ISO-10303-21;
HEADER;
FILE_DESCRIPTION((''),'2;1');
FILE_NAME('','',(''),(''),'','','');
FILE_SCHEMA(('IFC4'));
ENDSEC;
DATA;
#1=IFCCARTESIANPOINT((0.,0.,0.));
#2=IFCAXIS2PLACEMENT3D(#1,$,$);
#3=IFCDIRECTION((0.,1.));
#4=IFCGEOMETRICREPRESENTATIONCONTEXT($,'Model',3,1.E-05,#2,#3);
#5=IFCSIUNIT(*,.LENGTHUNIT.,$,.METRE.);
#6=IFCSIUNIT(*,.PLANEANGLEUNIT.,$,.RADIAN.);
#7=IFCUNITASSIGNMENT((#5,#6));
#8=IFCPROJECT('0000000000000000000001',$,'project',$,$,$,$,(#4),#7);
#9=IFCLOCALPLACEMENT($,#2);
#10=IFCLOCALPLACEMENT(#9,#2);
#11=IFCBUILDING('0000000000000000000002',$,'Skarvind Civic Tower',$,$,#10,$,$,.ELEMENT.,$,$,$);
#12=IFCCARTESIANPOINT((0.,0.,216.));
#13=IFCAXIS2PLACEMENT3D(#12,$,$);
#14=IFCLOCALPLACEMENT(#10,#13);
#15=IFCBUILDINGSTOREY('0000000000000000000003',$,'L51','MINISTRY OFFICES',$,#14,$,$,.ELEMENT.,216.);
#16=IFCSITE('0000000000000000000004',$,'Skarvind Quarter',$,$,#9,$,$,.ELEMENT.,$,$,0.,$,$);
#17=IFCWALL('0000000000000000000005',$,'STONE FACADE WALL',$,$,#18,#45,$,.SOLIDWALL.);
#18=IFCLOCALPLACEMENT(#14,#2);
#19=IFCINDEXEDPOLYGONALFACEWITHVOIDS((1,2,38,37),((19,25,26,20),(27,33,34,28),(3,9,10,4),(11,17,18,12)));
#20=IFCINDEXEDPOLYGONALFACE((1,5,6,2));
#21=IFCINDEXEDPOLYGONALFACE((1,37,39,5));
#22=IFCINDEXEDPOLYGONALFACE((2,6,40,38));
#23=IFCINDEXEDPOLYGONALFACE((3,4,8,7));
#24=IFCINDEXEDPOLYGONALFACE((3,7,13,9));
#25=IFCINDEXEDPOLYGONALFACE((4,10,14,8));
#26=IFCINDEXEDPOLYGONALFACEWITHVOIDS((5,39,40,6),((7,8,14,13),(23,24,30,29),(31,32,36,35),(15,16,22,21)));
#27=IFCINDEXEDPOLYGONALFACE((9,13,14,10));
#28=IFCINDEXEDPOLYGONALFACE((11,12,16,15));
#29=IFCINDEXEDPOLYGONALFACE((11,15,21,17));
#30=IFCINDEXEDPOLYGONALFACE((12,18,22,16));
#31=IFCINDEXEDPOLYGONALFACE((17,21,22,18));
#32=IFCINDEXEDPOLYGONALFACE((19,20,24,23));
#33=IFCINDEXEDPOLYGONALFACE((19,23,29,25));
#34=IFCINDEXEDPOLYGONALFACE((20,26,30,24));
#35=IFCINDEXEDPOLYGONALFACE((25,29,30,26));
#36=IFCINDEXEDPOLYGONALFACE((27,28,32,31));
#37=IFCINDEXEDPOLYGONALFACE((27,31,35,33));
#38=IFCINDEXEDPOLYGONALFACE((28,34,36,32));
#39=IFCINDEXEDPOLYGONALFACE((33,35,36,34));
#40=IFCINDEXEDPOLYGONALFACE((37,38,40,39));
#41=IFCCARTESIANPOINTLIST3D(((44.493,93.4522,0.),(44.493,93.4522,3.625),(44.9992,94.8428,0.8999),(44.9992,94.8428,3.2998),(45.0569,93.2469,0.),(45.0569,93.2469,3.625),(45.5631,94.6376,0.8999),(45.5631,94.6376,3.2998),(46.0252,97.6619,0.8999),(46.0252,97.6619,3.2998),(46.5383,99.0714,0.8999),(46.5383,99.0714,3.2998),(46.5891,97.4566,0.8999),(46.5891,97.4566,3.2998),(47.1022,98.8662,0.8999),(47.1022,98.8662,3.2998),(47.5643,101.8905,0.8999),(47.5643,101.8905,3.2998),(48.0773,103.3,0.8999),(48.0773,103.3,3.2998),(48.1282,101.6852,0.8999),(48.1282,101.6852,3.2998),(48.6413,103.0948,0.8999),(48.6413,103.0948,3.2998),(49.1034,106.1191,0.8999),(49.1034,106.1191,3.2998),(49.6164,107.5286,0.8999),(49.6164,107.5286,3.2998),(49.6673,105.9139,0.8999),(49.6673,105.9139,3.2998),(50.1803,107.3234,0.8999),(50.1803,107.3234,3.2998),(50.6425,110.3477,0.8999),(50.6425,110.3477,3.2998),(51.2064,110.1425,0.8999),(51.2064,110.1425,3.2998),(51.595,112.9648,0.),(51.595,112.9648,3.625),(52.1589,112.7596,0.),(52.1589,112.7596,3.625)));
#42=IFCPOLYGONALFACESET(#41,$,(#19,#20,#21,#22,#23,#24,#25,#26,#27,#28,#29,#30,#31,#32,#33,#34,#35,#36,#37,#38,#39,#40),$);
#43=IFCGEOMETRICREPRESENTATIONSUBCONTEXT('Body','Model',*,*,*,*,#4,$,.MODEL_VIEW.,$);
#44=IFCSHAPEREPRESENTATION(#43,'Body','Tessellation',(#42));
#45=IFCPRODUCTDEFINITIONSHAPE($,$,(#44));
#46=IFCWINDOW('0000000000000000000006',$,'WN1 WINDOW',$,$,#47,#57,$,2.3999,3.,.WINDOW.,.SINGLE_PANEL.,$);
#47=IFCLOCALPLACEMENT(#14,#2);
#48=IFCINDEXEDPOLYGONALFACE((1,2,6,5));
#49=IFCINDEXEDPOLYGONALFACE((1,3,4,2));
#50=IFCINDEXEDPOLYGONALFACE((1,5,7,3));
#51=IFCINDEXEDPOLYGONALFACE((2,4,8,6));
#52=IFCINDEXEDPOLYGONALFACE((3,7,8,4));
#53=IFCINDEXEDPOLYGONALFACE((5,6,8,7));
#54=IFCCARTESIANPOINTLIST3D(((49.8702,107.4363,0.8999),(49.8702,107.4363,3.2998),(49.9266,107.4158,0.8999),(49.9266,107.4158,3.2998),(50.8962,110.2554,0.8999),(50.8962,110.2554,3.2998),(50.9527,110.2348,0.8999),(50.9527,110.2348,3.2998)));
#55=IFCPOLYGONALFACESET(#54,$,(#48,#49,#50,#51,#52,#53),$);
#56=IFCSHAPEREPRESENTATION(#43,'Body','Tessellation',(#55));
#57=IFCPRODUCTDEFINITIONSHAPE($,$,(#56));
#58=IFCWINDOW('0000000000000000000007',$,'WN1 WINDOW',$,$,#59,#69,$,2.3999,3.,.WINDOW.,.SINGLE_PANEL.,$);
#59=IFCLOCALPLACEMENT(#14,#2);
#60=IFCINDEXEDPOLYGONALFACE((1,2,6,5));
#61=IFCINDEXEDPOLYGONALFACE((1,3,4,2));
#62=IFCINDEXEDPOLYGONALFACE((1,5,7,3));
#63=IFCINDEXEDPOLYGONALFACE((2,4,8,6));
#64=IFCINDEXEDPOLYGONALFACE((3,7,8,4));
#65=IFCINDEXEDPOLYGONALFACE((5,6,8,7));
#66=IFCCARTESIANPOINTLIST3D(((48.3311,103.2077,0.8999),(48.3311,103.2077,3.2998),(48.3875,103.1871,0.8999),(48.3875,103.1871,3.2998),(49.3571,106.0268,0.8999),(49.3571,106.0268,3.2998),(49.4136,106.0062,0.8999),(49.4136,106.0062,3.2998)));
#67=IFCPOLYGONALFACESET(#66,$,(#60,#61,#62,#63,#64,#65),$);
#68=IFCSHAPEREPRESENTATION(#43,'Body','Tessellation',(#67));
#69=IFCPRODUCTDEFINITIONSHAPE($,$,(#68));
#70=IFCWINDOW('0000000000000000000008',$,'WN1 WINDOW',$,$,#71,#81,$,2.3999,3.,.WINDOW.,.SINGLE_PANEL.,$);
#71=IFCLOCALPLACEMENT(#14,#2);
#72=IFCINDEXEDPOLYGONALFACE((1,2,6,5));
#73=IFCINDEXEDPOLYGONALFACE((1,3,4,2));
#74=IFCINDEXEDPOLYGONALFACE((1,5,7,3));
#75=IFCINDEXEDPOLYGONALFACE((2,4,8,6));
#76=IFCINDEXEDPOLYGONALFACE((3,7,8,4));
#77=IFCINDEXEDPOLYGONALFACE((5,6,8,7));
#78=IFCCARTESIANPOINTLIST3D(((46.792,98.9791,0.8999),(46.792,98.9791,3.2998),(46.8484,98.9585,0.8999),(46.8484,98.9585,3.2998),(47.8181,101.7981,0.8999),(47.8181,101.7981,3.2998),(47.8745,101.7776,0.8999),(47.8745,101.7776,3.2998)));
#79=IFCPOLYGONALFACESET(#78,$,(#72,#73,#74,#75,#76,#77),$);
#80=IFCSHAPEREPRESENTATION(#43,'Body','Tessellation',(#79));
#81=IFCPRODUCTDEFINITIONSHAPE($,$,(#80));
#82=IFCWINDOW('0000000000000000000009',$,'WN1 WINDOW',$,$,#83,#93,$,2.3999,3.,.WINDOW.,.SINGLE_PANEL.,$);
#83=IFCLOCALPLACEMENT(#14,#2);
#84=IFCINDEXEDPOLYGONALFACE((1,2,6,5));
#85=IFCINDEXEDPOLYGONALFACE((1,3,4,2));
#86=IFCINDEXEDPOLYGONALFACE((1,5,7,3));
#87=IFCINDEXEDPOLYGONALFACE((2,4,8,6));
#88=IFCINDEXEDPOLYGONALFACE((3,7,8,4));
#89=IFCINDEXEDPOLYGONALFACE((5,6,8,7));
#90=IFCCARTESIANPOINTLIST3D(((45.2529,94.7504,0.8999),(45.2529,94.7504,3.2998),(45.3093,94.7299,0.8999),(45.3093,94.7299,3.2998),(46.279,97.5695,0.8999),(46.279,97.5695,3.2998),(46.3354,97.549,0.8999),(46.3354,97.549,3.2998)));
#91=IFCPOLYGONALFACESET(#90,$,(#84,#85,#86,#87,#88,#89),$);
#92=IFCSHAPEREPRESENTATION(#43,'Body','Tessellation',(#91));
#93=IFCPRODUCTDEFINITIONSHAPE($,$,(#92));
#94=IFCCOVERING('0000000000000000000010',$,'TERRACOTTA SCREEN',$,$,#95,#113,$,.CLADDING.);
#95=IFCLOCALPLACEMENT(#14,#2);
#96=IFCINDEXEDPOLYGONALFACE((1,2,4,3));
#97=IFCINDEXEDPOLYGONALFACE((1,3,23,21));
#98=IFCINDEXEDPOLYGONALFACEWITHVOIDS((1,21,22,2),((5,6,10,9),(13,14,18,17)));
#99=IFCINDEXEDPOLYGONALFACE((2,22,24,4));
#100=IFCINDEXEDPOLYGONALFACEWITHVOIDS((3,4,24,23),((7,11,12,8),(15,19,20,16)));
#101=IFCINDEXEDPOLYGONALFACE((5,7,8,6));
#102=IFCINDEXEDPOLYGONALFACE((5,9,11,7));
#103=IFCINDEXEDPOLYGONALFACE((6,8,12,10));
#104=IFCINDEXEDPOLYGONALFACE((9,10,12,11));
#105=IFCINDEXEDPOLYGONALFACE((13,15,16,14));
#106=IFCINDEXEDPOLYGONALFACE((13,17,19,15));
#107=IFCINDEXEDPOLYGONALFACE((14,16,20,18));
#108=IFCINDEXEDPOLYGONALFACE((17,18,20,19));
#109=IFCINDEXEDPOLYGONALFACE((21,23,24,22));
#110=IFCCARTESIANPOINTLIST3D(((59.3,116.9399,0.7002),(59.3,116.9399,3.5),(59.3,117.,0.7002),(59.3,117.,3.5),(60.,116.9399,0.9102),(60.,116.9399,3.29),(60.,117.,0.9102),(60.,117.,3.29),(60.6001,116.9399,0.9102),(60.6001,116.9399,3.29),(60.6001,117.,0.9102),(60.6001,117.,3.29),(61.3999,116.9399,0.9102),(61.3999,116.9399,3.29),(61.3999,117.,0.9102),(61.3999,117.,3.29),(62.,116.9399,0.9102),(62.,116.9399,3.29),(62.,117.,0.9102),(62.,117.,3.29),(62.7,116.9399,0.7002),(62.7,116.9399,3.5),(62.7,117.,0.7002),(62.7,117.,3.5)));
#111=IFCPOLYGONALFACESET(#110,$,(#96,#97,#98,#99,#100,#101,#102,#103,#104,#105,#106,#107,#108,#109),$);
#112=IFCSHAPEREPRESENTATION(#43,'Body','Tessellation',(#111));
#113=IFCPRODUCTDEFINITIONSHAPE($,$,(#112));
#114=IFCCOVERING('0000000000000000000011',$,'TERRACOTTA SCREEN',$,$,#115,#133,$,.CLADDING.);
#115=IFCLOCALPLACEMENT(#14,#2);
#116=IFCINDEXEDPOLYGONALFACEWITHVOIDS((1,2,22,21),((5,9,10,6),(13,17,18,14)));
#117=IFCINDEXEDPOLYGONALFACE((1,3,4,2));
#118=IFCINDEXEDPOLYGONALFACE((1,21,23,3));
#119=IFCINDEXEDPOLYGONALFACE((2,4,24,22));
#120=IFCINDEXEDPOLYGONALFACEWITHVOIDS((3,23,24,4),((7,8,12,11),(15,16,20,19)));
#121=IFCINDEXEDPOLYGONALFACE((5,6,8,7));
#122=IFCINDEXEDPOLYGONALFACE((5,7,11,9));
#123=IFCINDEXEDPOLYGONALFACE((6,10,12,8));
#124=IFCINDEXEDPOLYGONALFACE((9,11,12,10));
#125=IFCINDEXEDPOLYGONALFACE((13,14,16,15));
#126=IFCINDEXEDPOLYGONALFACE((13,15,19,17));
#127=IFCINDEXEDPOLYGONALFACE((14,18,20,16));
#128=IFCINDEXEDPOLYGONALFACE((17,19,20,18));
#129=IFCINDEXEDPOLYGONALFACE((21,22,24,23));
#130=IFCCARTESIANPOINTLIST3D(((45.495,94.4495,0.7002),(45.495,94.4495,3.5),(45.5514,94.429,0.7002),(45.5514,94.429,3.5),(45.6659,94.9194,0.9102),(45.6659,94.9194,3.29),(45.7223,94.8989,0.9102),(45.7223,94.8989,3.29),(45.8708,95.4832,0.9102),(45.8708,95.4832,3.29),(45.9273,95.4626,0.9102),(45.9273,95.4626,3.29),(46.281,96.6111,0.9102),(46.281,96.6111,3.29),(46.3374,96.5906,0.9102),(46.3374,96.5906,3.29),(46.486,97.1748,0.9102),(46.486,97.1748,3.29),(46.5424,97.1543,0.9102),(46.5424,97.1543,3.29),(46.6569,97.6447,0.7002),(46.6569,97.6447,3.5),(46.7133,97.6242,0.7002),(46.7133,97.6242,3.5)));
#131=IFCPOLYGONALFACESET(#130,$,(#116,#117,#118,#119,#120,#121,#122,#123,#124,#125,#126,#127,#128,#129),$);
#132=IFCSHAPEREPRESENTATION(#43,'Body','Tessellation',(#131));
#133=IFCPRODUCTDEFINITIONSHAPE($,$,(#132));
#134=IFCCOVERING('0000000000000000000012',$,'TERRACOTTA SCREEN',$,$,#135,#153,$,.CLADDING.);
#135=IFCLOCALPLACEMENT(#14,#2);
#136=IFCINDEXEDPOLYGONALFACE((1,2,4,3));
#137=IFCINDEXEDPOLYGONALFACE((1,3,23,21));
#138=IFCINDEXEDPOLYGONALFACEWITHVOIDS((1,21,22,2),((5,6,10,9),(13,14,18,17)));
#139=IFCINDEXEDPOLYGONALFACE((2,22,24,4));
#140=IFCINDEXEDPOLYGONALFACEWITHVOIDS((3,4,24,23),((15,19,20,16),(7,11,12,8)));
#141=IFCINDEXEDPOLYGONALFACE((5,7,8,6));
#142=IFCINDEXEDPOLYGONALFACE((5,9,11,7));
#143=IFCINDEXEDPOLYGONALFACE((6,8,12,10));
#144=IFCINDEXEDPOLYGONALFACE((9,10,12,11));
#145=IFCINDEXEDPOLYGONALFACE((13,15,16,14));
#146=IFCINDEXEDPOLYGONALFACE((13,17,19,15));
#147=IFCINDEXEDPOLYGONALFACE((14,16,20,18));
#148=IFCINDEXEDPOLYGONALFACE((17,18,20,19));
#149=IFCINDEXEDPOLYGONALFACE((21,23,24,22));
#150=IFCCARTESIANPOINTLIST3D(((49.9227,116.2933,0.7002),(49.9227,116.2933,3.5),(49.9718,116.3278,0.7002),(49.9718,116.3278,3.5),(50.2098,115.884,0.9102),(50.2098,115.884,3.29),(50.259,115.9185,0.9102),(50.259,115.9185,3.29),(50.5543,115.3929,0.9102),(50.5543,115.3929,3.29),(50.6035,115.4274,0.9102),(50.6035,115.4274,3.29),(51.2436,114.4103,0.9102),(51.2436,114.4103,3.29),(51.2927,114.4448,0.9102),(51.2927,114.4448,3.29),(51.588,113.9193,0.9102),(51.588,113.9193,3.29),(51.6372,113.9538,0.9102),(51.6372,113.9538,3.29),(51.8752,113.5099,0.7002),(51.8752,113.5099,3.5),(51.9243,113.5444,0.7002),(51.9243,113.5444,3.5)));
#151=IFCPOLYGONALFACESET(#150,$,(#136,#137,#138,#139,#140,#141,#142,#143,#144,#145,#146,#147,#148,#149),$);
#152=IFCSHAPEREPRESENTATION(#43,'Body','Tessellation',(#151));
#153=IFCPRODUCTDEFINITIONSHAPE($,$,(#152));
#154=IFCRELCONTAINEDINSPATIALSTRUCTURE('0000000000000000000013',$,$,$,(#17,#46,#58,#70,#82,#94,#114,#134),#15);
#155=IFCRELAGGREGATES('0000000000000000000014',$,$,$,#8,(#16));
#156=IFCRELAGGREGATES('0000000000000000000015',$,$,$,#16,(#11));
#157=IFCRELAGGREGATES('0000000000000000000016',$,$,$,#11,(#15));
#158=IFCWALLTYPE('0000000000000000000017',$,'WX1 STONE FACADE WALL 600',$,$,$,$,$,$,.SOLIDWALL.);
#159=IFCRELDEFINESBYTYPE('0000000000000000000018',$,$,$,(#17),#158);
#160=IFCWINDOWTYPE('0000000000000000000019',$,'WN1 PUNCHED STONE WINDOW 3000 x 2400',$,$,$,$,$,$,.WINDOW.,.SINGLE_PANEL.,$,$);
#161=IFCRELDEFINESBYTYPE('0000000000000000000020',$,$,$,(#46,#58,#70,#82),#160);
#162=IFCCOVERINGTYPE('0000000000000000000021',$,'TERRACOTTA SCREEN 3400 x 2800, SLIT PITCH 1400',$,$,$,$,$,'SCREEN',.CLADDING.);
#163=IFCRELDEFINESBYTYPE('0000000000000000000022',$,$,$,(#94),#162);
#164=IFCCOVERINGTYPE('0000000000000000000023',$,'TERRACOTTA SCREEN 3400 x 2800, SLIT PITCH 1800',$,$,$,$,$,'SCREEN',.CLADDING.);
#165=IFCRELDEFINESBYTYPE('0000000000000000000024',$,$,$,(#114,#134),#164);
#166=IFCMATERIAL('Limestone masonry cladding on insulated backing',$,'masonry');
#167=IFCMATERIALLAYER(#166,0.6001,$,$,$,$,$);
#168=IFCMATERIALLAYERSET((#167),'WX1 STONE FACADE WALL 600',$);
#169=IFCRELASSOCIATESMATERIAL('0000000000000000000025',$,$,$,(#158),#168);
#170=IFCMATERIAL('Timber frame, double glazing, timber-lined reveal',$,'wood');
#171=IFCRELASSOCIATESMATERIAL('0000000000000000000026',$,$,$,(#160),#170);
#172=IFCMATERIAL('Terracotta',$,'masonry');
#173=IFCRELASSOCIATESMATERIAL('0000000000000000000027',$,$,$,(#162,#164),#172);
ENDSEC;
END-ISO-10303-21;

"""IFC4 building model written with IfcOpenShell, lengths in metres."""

from ifc_helpers import new_model, si_unit, direction, frame, frame_2d, origin, place, context, subcontext, project, spatial, polyline, rectangle, outline, extrude, material, layer, layer_set, material_profile, profile_set, type_object, element, fill, save


model = new_model("IFC4")

# Units and contexts
model_context = context("Model", 3, precision=1e-05, world=origin(), true_north=direction((0.0, 1.0)))
body_context = subcontext(model_context, "Body", "Model", "MODEL_VIEW")
ifc_project = project(units=[si_unit("LENGTHUNIT", "METRE"), si_unit("PLANEANGLEUNIT", "RADIAN")], contexts=[model_context])

# Site, building, storey
site_placement = place(None, origin())
site = spatial("IfcSite", under=ifc_project, at=site_placement, Name="Skarvind Quarter", CompositionType="ELEMENT", RefElevation=0.0)
building_placement = place(site_placement, origin())
building = spatial("IfcBuilding", under=site, at=building_placement, Name="Skarvind Civic Tower", CompositionType="ELEMENT")
storey_placement = place(building_placement, frame((0.0, 0.0, 216.0)))
storey = spatial("IfcBuildingStorey", under=building, at=storey_placement, Name="L51", Description="MINISTRY OFFICES", CompositionType="ELEMENT", Elevation=216.0)

# Wall, openings, windows
ifc_material_1 = material(Name="Limestone masonry cladding on insulated backing", Category="masonry")
ifc_layer_1 = layer(ifc_material_1, 0.6001)
ifc_layer_set_1 = layer_set([ifc_layer_1], Name="WX1 STONE FACADE WALL 600")
wall_type_1 = type_object("IfcWallType", Name="WX1 STONE FACADE WALL 600", PredefinedType="SOLIDWALL", material=ifc_layer_set_1)
ifc_material_2 = material(Name="Timber frame, double glazing, timber-lined reveal", Category="wood")
window_type = type_object("IfcWindowType", Name="WN1 PUNCHED STONE WINDOW 3000 x 2400", PartitioningType="SINGLE_PANEL", PredefinedType="WINDOW", material=ifc_material_2)
wall_1_placement = place(storey_placement, frame((51.877, 112.8621, 0.0), z_axis=(0.0, 0.0, 1.0), x_axis=(-0.342021, -0.939692, 0.0)))
wall_1 = element("IfcWall", 1, at=wall_1_placement, inside=storey, type_object=wall_type_1, Name="STONE FACADE WALL", PredefinedType="SOLIDWALL", context=body_context, shape_type="SweptSolid", body=[
    extrude(rectangle(XDim=20.7649, YDim=0.6001, at=frame_2d((10.3823, 0.0))), origin(), (0.0, 0.0, 1.0), 3.625),
])
opening_1_placement = place(wall_1_placement, frame((2.7849, 0.0, 0.8999)))
opening_1 = element("IfcOpeningElement", 2, at=opening_1_placement, cuts=wall_1, PredefinedType="OPENING", context=body_context, shape_type="SweptSolid", body=[
    extrude(rectangle(XDim=3.0, YDim=2.3999, at=frame_2d((1.5, 1.2))), frame((0.0, 0.3101, 0.0), z_axis=(0.0, -1.0, 0.0), x_axis=(1.0, 0.0, 0.0)), (0.0, 0.0, 1.0), 0.6201),
])
opening_2_placement = place(wall_1_placement, frame((7.2849, 0.0, 0.8999)))
opening_2 = element("IfcOpeningElement", 3, at=opening_2_placement, cuts=wall_1, PredefinedType="OPENING", context=body_context, shape_type="SweptSolid", body=[
    extrude(rectangle(XDim=3.0, YDim=2.3999, at=frame_2d((1.5, 1.2))), frame((0.0, 0.3101, 0.0), z_axis=(0.0, -1.0, 0.0), x_axis=(1.0, 0.0, 0.0)), (0.0, 0.0, 1.0), 0.6201),
])
opening_3_placement = place(wall_1_placement, frame((11.7849, 0.0, 0.8999)))
opening_3 = element("IfcOpeningElement", 4, at=opening_3_placement, cuts=wall_1, PredefinedType="OPENING", context=body_context, shape_type="SweptSolid", body=[
    extrude(rectangle(XDim=3.0, YDim=2.3999, at=frame_2d((1.5, 1.2))), frame((0.0, 0.3101, 0.0), z_axis=(0.0, -1.0, 0.0), x_axis=(1.0, 0.0, 0.0)), (0.0, 0.0, 1.0), 0.6201),
])
opening_4_placement = place(wall_1_placement, frame((16.2849, 0.0, 0.8999)))
opening_4 = element("IfcOpeningElement", 5, at=opening_4_placement, cuts=wall_1, PredefinedType="OPENING", context=body_context, shape_type="SweptSolid", body=[
    extrude(rectangle(XDim=3.0, YDim=2.3999, at=frame_2d((1.5, 1.2))), frame((0.0, 0.3101, 0.0), z_axis=(0.0, -1.0, 0.0), x_axis=(1.0, 0.0, 0.0)), (0.0, 0.0, 1.0), 0.6201),
])
window_1_placement = place(opening_1_placement, origin())
window_1 = element("IfcWindow", 6, at=window_1_placement, inside=storey, type_object=window_type, Name="WN1 WINDOW", OverallHeight=2.3999, OverallWidth=3.0, PartitioningType="SINGLE_PANEL", PredefinedType="WINDOW", context=body_context, shape_type="SweptSolid", body=[
    extrude(rectangle(XDim=3.0, YDim=2.3999, at=frame_2d((1.5, 1.2))), frame((0.0, 0.03, 0.0), z_axis=(0.0, -1.0, 0.0), x_axis=(1.0, 0.0, 0.0)), (0.0, 0.0, 1.0), 0.0601),
])
fill(opening_1, window_1)
window_2_placement = place(opening_2_placement, origin())
window_2 = element("IfcWindow", 7, at=window_2_placement, inside=storey, type_object=window_type, Name="WN1 WINDOW", OverallHeight=2.3999, OverallWidth=3.0, PartitioningType="SINGLE_PANEL", PredefinedType="WINDOW", context=body_context, shape_type="SweptSolid", body=[
    extrude(rectangle(XDim=3.0, YDim=2.3999, at=frame_2d((1.5, 1.2))), frame((0.0, 0.03, 0.0), z_axis=(0.0, -1.0, 0.0), x_axis=(1.0, 0.0, 0.0)), (0.0, 0.0, 1.0), 0.0601),
])
fill(opening_2, window_2)
window_3_placement = place(opening_3_placement, origin())
window_3 = element("IfcWindow", 8, at=window_3_placement, inside=storey, type_object=window_type, Name="WN1 WINDOW", OverallHeight=2.3999, OverallWidth=3.0, PartitioningType="SINGLE_PANEL", PredefinedType="WINDOW", context=body_context, shape_type="SweptSolid", body=[
    extrude(rectangle(XDim=3.0, YDim=2.3999, at=frame_2d((1.5, 1.2))), frame((0.0, 0.03, 0.0), z_axis=(0.0, -1.0, 0.0), x_axis=(1.0, 0.0, 0.0)), (0.0, 0.0, 1.0), 0.0601),
])
fill(opening_3, window_3)
window_4_placement = place(opening_4_placement, origin())
window_4 = element("IfcWindow", 9, at=window_4_placement, inside=storey, type_object=window_type, Name="WN1 WINDOW", OverallHeight=2.3999, OverallWidth=3.0, PartitioningType="SINGLE_PANEL", PredefinedType="WINDOW", context=body_context, shape_type="SweptSolid", body=[
    extrude(rectangle(XDim=3.0, YDim=2.3999, at=frame_2d((1.5, 1.2))), frame((0.0, 0.03, 0.0), z_axis=(0.0, -1.0, 0.0), x_axis=(1.0, 0.0, 0.0)), (0.0, 0.0, 1.0), 0.0601),
])
fill(opening_4, window_4)

# Coverings
ifc_material_3 = material(Name="Terracotta", Category="masonry")
ifc_material_profile_1 = material_profile(ifc_material_3, outline(polyline([(-1.7, -1.3999), (1.7, -1.3999), (1.7, 1.3999), (-1.7, 1.3999), (-1.7, -1.3999)]), holes=[polyline([(-1.0, -1.1899), (-0.3999, -1.1899), (-0.3999, 1.1899), (-1.0, 1.1899), (-1.0, -1.1899)]), polyline([(0.3999, -1.1899), (1.0, -1.1899), (1.0, 1.1899), (0.3999, 1.1899), (0.3999, -1.1899)])]), Name="TERRACOTTA SCREEN 3400 x 2800, SLIT PITCH 1400")
ifc_profile_set_1 = profile_set([ifc_material_profile_1], Name="Terracotta")
covering_type_1 = type_object("IfcCoveringType", Name="TERRACOTTA SCREEN 3400 x 2800, SLIT PITCH 1400", ElementType="SCREEN", PredefinedType="CLADDING", material=ifc_profile_set_1)
covering_placement = place(storey_placement, frame((61.0, 117.0, 2.1001), z_axis=(0.0, -1.0, 0.0), x_axis=(1.0, 0.0, 0.0)))
element("IfcCovering", 10, at=covering_placement, inside=storey, type_object=covering_type_1, Name="TERRACOTTA SCREEN", PredefinedType="CLADDING", context=body_context, shape_type="SweptSolid", body=[
    extrude(outline(polyline([(-1.7, -1.3999), (1.7, -1.3999), (1.7, 1.3999), (-1.7, 1.3999), (-1.7, -1.3999)]), holes=[polyline([(-1.0, -1.1899), (-0.3999, -1.1899), (-0.3999, 1.1899), (-1.0, 1.1899), (-1.0, -1.1899)]), polyline([(0.3999, -1.1899), (1.0, -1.1899), (1.0, 1.1899), (0.3999, 1.1899), (0.3999, -1.1899)])]), origin(), (0.0, 0.0, 1.0), 0.0601),
])
ifc_material_profile_2 = material_profile(ifc_material_3, outline(polyline([(-1.7, -1.3999), (1.7, -1.3999), (1.7, 1.3999), (-1.7, 1.3999), (-1.7, -1.3999)]), holes=[polyline([(-1.2, -1.1899), (-0.6001, -1.1899), (-0.6001, 1.1899), (-1.2, 1.1899), (-1.2, -1.1899)]), polyline([(0.6001, -1.1899), (1.2, -1.1899), (1.2, 1.1899), (0.6001, 1.1899), (0.6001, -1.1899)])]), Name="TERRACOTTA SCREEN 3400 x 2800, SLIT PITCH 1800")
ifc_profile_set_2 = profile_set([ifc_material_profile_2], Name="Terracotta")
covering_type_2 = type_object("IfcCoveringType", Name="TERRACOTTA SCREEN 3400 x 2800, SLIT PITCH 1800", ElementType="SCREEN", PredefinedType="CLADDING", material=ifc_profile_set_2)
for number, where, z_axis, x_axis, name in (
    (11, (46.0759, 96.0471, 2.1001), (0.939793, -0.341743, 0.0), (0.341743, 0.939793, 0.0), "TERRACOTTA SCREEN"),
    (12, (50.8989, 114.9016, 2.1001), (0.818657, 0.574282, 0.0), (-0.574282, 0.818657, 0.0), "TERRACOTTA SCREEN"),
):
    element("IfcCovering", number, at=place(storey_placement, frame(where, z_axis=z_axis, x_axis=x_axis)), inside=storey, type_object=covering_type_2, Name=name, PredefinedType="CLADDING", context=body_context, shape_type="SweptSolid", body=[
        extrude(outline(polyline([(-1.7, -1.3999), (1.7, -1.3999), (1.7, 1.3999), (-1.7, 1.3999), (-1.7, -1.3999)]), holes=[polyline([(-1.2, -1.1899), (-0.6001, -1.1899), (-0.6001, 1.1899), (-1.2, 1.1899), (-1.2, -1.1899)]), polyline([(0.6001, -1.1899), (1.2, -1.1899), (1.2, 1.1899), (0.6001, 1.1899), (0.6001, -1.1899)])]), origin(), (0.0, 0.0, 1.0), 0.0601),
    ])

save(model, "model.ifc")
